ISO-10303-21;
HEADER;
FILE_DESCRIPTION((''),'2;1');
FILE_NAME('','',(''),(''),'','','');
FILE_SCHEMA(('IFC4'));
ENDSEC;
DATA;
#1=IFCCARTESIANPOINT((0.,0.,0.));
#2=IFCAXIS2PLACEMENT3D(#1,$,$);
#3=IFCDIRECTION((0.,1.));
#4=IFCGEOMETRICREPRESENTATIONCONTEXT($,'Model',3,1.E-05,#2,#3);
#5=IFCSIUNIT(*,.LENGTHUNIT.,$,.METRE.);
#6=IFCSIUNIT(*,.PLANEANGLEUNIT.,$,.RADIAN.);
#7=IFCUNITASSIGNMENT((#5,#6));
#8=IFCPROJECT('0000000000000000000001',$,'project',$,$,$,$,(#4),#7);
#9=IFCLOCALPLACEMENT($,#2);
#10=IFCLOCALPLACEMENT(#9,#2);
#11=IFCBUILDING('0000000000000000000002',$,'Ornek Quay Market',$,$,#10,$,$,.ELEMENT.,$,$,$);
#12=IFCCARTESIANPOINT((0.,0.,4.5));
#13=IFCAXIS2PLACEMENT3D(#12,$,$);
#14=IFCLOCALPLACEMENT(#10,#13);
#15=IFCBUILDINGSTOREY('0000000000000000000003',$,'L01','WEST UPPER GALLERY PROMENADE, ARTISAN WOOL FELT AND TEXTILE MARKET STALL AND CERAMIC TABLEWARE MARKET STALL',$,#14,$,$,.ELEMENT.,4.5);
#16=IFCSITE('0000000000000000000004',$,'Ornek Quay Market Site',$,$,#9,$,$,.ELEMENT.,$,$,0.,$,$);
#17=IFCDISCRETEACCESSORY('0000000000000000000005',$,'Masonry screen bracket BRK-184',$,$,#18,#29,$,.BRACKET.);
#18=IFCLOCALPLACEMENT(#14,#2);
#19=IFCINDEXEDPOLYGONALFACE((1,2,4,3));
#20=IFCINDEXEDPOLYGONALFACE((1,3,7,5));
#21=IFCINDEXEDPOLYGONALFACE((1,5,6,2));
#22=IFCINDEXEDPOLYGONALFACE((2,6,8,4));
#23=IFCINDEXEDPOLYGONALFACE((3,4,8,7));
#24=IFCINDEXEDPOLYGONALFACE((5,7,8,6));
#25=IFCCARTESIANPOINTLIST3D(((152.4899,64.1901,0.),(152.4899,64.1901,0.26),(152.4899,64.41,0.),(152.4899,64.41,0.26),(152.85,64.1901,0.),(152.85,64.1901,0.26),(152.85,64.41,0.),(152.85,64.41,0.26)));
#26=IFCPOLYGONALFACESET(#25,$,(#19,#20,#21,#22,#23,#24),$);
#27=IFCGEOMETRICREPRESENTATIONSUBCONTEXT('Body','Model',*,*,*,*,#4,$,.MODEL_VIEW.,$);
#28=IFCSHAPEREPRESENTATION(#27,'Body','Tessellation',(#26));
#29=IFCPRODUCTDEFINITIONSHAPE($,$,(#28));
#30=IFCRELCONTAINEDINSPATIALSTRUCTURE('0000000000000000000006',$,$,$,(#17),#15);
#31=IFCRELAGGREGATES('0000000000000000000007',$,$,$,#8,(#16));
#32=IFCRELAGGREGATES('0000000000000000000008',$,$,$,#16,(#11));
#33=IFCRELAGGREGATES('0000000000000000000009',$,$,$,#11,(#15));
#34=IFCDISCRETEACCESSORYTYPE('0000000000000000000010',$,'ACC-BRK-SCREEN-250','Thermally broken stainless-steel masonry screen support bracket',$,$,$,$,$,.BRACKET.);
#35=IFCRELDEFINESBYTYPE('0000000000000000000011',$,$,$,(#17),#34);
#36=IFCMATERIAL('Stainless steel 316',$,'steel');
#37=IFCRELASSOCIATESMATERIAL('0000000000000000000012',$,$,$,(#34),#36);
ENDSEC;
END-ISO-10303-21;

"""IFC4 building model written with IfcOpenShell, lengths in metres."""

from ifc_helpers import new_model, si_unit, direction, frame, origin, origin_2d, place, context, subcontext, project, spatial, rectangle, extrude, material, type_object, element, save


model = new_model("IFC4")

# Units and contexts
model_context = context("Model", 3, precision=1e-05, world=origin(), true_north=direction((0.0, 1.0)))
body_context = subcontext(model_context, "Body", "Model", "MODEL_VIEW")
ifc_project = project(units=[si_unit("LENGTHUNIT", "METRE"), si_unit("PLANEANGLEUNIT", "RADIAN")], contexts=[model_context])

# Site, building, storey
site_placement = place(None, origin())
site = spatial("IfcSite", under=ifc_project, at=site_placement, Name="Ornek Quay Market Site", CompositionType="ELEMENT", RefElevation=0.0)
building_placement = place(site_placement, origin())
building = spatial("IfcBuilding", under=site, at=building_placement, Name="Ornek Quay Market", CompositionType="ELEMENT")
storey_placement = place(building_placement, frame((0.0, 0.0, 4.5)))
storey = spatial("IfcBuildingStorey", under=building, at=storey_placement, Name="L01", Description="WEST UPPER GALLERY PROMENADE, ARTISAN WOOL FELT AND TEXTILE MARKET STALL AND CERAMIC TABLEWARE MARKET STALL", CompositionType="ELEMENT", Elevation=4.5)

# Discrete accessory
ifc_material_1 = material(Name="Stainless steel 316", Category="steel")
discrete_accessory_type = type_object("IfcDiscreteAccessoryType", Name="ACC-BRK-SCREEN-250", Description="Thermally broken stainless-steel masonry screen support bracket", PredefinedType="BRACKET", material=ifc_material_1)
for number, where, z_axis, x_axis, name in (
    (1, (152.6699, 64.3, 0.0), (0.0, 0.0, 1.0), (0.0, 1.0, 0.0), "Masonry screen bracket BRK-184"),
):
    element("IfcDiscreteAccessory", number, at=place(storey_placement, frame(where, z_axis=z_axis, x_axis=x_axis)), inside=storey, type_object=discrete_accessory_type, Name=name, PredefinedType="BRACKET", context=body_context, shape_type="SweptSolid", body=[
        extrude(rectangle(XDim=0.22, YDim=0.3601, at=origin_2d()), origin(), (0.0, 0.0, 1.0), 0.26),
    ])

save(model, "model.ifc")
